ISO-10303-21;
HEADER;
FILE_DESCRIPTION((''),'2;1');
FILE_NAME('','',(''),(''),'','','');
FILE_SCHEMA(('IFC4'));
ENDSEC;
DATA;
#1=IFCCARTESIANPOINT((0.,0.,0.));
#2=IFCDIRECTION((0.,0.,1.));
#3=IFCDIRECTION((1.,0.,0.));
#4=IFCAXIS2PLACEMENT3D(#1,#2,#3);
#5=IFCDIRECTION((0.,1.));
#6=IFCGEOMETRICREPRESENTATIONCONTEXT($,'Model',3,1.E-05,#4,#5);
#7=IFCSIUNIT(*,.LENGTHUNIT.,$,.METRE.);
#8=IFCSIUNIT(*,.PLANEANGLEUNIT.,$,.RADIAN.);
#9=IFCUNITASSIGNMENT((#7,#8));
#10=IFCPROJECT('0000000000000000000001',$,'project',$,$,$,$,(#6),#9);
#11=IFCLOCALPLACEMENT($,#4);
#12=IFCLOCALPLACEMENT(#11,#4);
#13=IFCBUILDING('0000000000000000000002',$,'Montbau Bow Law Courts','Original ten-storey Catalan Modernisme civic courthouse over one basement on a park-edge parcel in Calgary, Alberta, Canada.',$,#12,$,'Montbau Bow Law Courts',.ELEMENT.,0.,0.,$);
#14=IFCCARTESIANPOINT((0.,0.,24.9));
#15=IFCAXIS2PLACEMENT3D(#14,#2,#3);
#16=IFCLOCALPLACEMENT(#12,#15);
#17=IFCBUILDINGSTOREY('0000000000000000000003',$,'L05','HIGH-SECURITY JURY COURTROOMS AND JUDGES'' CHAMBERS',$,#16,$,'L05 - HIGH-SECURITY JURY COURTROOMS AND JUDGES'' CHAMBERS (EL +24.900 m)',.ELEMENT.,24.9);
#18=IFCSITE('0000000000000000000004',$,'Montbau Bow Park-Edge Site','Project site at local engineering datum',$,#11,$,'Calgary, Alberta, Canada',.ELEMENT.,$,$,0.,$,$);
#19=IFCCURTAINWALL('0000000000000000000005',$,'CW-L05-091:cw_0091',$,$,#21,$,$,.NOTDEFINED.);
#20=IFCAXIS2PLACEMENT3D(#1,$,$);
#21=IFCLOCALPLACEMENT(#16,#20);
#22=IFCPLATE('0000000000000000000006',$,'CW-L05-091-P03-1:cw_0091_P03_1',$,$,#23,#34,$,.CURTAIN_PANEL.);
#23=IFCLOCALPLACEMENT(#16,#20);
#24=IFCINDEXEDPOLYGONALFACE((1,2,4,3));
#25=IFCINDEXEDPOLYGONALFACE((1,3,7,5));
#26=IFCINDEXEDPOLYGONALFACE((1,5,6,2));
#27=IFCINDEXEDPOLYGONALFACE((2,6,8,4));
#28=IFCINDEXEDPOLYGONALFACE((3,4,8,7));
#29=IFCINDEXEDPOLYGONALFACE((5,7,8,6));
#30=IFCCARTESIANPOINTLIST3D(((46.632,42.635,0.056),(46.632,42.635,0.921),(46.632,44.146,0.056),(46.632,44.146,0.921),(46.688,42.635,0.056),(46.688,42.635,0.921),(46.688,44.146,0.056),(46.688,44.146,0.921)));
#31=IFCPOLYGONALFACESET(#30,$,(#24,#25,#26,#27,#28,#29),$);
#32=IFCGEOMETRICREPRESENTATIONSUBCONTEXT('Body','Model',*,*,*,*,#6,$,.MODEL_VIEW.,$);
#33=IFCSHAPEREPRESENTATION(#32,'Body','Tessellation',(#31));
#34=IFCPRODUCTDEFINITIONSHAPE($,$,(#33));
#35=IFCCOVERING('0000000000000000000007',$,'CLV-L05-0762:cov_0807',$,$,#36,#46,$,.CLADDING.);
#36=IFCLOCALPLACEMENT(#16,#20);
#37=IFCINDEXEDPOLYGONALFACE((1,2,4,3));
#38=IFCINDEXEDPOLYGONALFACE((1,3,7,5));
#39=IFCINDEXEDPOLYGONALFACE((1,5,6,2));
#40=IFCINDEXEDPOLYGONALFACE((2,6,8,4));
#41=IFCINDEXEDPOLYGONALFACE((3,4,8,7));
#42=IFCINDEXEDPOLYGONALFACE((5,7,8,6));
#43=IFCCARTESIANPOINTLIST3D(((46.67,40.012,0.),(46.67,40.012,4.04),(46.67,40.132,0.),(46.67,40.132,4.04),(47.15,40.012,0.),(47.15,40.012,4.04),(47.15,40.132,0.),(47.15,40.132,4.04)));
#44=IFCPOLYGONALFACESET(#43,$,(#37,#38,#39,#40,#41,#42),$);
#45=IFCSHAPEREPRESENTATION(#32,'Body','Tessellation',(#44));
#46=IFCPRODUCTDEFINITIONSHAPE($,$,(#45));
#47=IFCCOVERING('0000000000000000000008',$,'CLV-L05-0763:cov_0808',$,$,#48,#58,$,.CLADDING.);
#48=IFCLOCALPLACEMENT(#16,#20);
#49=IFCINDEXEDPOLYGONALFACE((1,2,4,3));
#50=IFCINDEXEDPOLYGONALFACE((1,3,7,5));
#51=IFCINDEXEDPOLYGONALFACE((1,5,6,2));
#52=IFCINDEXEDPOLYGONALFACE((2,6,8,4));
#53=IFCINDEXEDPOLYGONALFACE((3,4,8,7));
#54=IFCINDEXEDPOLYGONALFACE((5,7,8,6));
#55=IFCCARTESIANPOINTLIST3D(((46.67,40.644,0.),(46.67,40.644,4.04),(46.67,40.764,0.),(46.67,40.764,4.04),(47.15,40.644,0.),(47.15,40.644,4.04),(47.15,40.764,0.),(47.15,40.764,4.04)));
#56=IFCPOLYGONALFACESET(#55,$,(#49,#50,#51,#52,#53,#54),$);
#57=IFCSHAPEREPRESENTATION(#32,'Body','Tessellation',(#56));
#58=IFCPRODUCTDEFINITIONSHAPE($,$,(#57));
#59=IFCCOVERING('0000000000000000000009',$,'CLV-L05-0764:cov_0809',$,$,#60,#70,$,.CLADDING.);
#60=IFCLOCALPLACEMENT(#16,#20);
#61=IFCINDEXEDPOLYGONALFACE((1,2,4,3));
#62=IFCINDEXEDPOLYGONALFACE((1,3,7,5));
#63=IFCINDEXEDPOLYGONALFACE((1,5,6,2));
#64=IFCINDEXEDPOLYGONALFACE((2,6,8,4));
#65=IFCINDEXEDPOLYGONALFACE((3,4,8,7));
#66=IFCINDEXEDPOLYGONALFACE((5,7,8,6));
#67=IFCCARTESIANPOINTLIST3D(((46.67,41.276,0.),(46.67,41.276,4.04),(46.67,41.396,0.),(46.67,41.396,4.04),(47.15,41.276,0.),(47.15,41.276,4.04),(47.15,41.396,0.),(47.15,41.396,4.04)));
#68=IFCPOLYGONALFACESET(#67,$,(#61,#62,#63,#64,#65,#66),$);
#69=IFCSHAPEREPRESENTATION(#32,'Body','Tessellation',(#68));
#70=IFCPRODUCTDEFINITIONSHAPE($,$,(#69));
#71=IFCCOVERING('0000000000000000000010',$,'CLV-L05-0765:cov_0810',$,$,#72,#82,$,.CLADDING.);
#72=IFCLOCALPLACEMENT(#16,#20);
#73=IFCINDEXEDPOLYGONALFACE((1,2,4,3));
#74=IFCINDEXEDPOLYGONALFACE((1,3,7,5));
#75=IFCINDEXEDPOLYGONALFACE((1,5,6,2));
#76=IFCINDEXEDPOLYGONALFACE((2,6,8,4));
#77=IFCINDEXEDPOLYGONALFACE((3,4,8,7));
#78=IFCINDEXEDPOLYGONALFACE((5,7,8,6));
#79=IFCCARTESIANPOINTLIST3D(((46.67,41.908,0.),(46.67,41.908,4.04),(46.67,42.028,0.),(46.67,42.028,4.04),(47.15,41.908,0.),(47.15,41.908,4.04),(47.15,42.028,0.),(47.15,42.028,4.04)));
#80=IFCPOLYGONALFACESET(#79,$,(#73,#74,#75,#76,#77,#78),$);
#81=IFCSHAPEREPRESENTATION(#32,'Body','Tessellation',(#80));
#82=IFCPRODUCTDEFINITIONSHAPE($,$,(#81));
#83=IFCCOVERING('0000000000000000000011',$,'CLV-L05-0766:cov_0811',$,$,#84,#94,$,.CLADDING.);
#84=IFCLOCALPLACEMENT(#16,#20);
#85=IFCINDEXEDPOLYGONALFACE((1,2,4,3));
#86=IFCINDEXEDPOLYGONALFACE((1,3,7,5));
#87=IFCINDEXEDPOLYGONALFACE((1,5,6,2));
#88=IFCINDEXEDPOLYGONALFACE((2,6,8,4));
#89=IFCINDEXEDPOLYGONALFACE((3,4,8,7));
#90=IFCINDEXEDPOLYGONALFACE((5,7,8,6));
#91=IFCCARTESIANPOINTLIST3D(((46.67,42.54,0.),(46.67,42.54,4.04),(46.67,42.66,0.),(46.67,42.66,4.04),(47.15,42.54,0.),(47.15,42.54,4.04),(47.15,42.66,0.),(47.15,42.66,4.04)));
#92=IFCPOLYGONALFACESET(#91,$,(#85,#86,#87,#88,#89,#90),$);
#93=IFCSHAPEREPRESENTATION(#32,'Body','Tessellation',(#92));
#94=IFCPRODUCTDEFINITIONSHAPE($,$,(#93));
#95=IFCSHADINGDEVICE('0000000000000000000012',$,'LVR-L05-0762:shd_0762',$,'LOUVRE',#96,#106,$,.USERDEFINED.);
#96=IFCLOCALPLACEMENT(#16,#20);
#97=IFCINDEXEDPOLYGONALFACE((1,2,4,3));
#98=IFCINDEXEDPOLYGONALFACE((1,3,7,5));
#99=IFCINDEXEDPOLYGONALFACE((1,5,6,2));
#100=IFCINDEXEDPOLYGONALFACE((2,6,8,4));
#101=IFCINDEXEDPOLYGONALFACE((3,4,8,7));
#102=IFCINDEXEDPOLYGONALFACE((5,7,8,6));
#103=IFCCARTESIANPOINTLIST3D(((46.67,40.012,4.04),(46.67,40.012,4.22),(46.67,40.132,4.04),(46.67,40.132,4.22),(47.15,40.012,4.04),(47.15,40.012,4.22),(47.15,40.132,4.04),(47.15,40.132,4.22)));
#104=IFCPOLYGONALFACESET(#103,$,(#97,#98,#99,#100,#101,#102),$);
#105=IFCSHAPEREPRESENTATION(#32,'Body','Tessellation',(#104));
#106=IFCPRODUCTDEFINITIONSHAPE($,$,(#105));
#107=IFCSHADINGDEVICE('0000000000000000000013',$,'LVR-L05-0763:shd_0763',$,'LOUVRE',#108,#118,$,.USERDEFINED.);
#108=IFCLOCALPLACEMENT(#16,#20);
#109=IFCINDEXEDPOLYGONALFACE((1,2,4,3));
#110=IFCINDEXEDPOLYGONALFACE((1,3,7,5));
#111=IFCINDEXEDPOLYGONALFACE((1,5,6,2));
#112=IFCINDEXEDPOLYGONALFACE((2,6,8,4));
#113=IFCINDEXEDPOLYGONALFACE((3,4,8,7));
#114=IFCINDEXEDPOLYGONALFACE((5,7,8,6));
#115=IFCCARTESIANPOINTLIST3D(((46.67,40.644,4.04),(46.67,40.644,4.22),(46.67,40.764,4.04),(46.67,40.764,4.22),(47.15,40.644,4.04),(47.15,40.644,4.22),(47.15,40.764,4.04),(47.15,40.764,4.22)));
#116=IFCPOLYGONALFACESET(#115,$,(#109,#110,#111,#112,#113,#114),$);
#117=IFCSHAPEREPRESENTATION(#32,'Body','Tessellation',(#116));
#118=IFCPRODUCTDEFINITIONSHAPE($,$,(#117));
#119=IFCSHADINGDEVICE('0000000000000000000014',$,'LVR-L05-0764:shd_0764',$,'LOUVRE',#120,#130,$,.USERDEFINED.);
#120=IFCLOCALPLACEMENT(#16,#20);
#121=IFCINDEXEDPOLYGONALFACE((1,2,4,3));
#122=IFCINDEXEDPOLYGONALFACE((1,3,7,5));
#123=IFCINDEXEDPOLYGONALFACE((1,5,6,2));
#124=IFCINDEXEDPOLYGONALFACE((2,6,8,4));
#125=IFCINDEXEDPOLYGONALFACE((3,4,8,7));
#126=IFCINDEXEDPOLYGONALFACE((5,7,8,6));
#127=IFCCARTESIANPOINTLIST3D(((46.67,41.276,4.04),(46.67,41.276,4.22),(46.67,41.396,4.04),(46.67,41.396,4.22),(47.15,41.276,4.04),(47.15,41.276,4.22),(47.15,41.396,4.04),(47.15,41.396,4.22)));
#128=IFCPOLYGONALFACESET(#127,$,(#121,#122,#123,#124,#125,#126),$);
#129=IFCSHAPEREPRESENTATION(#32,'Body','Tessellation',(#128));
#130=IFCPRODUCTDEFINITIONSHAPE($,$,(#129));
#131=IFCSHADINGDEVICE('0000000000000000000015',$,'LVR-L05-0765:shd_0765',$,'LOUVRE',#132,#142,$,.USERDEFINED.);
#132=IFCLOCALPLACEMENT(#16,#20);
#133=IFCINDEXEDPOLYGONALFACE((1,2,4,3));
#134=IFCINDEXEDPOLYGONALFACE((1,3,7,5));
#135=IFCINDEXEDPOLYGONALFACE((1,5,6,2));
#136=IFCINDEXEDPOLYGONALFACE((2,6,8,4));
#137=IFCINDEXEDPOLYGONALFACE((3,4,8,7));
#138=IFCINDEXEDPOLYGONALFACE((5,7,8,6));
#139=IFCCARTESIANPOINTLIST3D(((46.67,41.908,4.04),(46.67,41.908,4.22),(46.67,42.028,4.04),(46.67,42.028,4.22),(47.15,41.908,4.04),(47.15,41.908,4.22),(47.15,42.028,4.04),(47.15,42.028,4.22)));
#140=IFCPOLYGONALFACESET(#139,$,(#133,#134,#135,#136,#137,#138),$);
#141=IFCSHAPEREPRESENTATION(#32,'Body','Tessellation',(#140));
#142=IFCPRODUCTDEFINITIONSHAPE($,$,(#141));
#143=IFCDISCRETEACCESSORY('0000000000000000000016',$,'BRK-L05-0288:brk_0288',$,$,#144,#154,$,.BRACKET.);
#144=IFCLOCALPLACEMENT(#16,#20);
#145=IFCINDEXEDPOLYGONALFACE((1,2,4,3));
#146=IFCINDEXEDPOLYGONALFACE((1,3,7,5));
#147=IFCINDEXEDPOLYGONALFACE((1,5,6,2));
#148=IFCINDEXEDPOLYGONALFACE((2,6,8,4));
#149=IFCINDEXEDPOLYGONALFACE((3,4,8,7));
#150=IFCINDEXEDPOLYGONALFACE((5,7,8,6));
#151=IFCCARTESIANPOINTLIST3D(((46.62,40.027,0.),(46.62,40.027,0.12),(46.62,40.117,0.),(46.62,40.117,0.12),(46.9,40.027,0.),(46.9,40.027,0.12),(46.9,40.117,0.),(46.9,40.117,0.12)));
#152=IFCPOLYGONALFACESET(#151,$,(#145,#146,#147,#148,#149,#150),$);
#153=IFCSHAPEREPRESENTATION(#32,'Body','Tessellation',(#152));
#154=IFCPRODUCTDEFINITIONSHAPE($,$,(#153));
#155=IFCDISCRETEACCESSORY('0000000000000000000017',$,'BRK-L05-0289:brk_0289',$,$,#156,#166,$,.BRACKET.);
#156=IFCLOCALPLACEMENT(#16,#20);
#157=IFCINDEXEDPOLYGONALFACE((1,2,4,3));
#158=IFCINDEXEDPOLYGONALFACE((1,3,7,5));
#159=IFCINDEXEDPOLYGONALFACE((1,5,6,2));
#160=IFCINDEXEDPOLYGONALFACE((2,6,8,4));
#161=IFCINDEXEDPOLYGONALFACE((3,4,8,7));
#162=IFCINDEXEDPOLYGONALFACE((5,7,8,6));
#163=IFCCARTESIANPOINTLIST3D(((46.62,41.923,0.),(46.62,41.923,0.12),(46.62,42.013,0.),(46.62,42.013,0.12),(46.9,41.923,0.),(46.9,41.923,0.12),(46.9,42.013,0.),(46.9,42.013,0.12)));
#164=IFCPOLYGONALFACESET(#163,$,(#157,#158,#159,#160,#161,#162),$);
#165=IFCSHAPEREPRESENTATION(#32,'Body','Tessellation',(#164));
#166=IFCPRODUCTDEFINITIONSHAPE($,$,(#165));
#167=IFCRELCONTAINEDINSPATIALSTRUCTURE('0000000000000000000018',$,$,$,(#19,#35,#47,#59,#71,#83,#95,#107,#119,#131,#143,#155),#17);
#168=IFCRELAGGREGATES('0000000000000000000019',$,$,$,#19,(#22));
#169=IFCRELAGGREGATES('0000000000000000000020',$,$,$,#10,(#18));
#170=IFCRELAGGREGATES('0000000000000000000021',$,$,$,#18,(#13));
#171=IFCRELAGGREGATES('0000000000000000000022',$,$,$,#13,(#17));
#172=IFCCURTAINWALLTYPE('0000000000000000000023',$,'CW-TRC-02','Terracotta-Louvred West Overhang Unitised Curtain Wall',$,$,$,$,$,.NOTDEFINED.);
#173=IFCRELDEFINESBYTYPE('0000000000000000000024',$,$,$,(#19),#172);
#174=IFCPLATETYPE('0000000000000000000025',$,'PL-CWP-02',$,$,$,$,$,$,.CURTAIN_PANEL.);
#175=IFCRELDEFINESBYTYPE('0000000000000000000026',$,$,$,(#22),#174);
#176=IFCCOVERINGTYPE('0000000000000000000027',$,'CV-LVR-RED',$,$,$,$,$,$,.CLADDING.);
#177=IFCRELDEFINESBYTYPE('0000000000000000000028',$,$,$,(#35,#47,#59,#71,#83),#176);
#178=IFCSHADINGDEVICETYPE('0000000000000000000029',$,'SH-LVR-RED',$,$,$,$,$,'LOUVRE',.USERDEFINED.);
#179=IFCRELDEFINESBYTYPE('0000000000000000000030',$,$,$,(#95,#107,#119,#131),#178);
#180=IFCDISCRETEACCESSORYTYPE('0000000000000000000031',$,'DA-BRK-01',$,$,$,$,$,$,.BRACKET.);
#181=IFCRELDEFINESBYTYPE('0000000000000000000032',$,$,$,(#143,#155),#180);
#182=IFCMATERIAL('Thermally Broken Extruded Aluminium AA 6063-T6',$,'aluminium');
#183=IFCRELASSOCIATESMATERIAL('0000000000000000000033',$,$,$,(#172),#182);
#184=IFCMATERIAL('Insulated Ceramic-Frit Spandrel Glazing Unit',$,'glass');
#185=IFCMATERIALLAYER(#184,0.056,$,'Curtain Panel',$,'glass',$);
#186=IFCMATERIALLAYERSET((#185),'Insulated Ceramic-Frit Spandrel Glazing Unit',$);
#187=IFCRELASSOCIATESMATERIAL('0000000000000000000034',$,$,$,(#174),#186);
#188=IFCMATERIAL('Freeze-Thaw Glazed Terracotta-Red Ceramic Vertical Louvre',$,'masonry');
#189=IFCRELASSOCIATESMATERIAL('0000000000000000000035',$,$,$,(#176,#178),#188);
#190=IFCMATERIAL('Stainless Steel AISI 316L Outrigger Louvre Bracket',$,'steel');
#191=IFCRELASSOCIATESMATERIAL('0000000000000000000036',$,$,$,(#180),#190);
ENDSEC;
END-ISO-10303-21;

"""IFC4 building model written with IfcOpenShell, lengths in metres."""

from ifc_helpers import new_model, si_unit, direction, frame, frame_2d, origin_with_axes, origin_2d_with_axis, place, context, subcontext, project, spatial, rectangle, extrude, material, layer, layer_set, type_object, element, aggregate, save


model = new_model("IFC4")

# Units and contexts
model_context = context("Model", 3, precision=1e-05, world=origin_with_axes(), true_north=direction((0.0, 1.0)))
body_context = subcontext(model_context, "Body", "Model", "MODEL_VIEW")
ifc_project = project(units=[si_unit("LENGTHUNIT", "METRE"), si_unit("PLANEANGLEUNIT", "RADIAN")], contexts=[model_context])

# Site, building, storey
site_placement = place(None, origin_with_axes())
site = spatial("IfcSite", under=ifc_project, at=site_placement, Name="Montbau Bow Park-Edge Site", Description="Project site at local engineering datum", LongName="Calgary, Alberta, Canada", CompositionType="ELEMENT", RefElevation=0.0)
building_placement = place(site_placement, origin_with_axes())
building = spatial("IfcBuilding", under=site, at=building_placement, Name="Montbau Bow Law Courts", Description="Original ten-storey Catalan Modernisme civic courthouse over one basement on a park-edge parcel in Calgary, Alberta, Canada.", LongName="Montbau Bow Law Courts", CompositionType="ELEMENT", ElevationOfRefHeight=0.0, ElevationOfTerrain=0.0)
storey_placement = place(building_placement, frame((0.0, 0.0, 24.9), z_axis=(0.0, 0.0, 1.0), x_axis=(1.0, 0.0, 0.0)))
storey = spatial("IfcBuildingStorey", under=building, at=storey_placement, Name="L05", Description="HIGH-SECURITY JURY COURTROOMS AND JUDGES' CHAMBERS", LongName="L05 - HIGH-SECURITY JURY COURTROOMS AND JUDGES' CHAMBERS (EL +24.900 m)", CompositionType="ELEMENT", Elevation=24.9)

# Curtain wall, plate
ifc_material_1 = material(Name="Thermally Broken Extruded Aluminium AA 6063-T6", Category="aluminium")
curtain_wall_type = type_object("IfcCurtainWallType", Name="CW-TRC-02", Description="Terracotta-Louvred West Overhang Unitised Curtain Wall", PredefinedType="NOTDEFINED", material=ifc_material_1)
curtain_wall_placement = place(None, frame((46.66, 39.44, 24.9), z_axis=(0.0, 0.0, 1.0), x_axis=(1.0, 0.0, 0.0)))
curtain_wall = element("IfcCurtainWall", 1, at=curtain_wall_placement, inside=storey, type_object=curtain_wall_type, Name="CW-L05-091:cw_0091", PredefinedType="NOTDEFINED")
ifc_material_2 = material(Name="Insulated Ceramic-Frit Spandrel Glazing Unit", Category="glass")
ifc_layer_1 = layer(ifc_material_2, 0.056, Name="Curtain Panel", Category="glass")
ifc_layer_set_1 = layer_set([ifc_layer_1], Name="Insulated Ceramic-Frit Spandrel Glazing Unit")
plate_type_1 = type_object("IfcPlateType", Name="PL-CWP-02", PredefinedType="CURTAIN_PANEL", material=ifc_layer_set_1)
plate_1_placement = place(None, frame((46.66, 42.635, 24.956), z_axis=(1.0, 0.0, 0.0), x_axis=(0.0, 1.0, 0.0)))
plate_1 = element("IfcPlate", 2, at=plate_1_placement, type_object=plate_type_1, Name="CW-L05-091-P03-1:cw_0091_P03_1", PredefinedType="CURTAIN_PANEL", context=body_context, shape_type="SweptSolid", body=[
    extrude(rectangle(XDim=1.511, YDim=0.865, at=frame_2d((0.7555, 0.4325), x_axis=(1.0, 0.0))), frame((0.0, 0.0, -0.028), z_axis=(0.0, 0.0, 1.0), x_axis=(1.0, 0.0, 0.0)), (0.0, 0.0, 1.0), 0.056),
])
aggregate(curtain_wall, [plate_1])

# Coverings
ifc_material_3 = material(Name="Freeze-Thaw Glazed Terracotta-Red Ceramic Vertical Louvre", Category="masonry")
covering_type = type_object("IfcCoveringType", Name="CV-LVR-RED", PredefinedType="CLADDING", material=ifc_material_3)
for number, where, z_axis, x_axis, name in (
    (3, (46.67, 40.072, 24.9), (0.0, -1.0, 0.0), (1.0, 0.0, 0.0), "CLV-L05-0762:cov_0807"),
    (4, (46.67, 40.704, 24.9), (0.0, -1.0, 0.0), (1.0, 0.0, 0.0), "CLV-L05-0763:cov_0808"),
    (5, (46.67, 41.336, 24.9), (0.0, -1.0, 0.0), (1.0, 0.0, 0.0), "CLV-L05-0764:cov_0809"),
    (6, (46.67, 41.968, 24.9), (0.0, -1.0, 0.0), (1.0, 0.0, 0.0), "CLV-L05-0765:cov_0810"),
    (7, (46.67, 42.6, 24.9), (0.0, -1.0, 0.0), (1.0, 0.0, 0.0), "CLV-L05-0766:cov_0811"),
):
    element("IfcCovering", number, at=place(None, frame(where, z_axis=z_axis, x_axis=x_axis)), inside=storey, type_object=covering_type, Name=name, PredefinedType="CLADDING", context=body_context, shape_type="SweptSolid", body=[
        extrude(rectangle(XDim=0.48, YDim=4.04, at=frame_2d((0.24, 2.02), x_axis=(1.0, 0.0))), frame((0.0, 0.0, -0.06), z_axis=(0.0, 0.0, 1.0), x_axis=(1.0, 0.0, 0.0)), (0.0, 0.0, 1.0), 0.12),
    ])

# Shading devices
shading_device_type = type_object("IfcShadingDeviceType", Name="SH-LVR-RED", ElementType="LOUVRE", PredefinedType="USERDEFINED", material=ifc_material_3)
for number, where, z_axis, x_axis, name in (
    (8, (46.91, 40.072, 28.94), (0.0, 0.0, 1.0), (1.0, 0.0, 0.0), "LVR-L05-0762:shd_0762"),
    (9, (46.91, 40.704, 28.94), (0.0, 0.0, 1.0), (1.0, 0.0, 0.0), "LVR-L05-0763:shd_0763"),
    (10, (46.91, 41.336, 28.94), (0.0, 0.0, 1.0), (1.0, 0.0, 0.0), "LVR-L05-0764:shd_0764"),
    (11, (46.91, 41.968, 28.94), (0.0, 0.0, 1.0), (1.0, 0.0, 0.0), "LVR-L05-0765:shd_0765"),
):
    element("IfcShadingDevice", number, at=place(None, frame(where, z_axis=z_axis, x_axis=x_axis)), inside=storey, type_object=shading_device_type, Name=name, ObjectType="LOUVRE", PredefinedType="USERDEFINED", context=body_context, shape_type="SweptSolid", body=[
        extrude(rectangle(XDim=0.48, YDim=0.12, at=origin_2d_with_axis()), origin_with_axes(), (0.0, 0.0, 1.0), 0.18),
    ])

# Discrete accessories
ifc_material_4 = material(Name="Stainless Steel AISI 316L Outrigger Louvre Bracket", Category="steel")
discrete_accessory_type = type_object("IfcDiscreteAccessoryType", Name="DA-BRK-01", PredefinedType="BRACKET", material=ifc_material_4)
for number, where, z_axis, x_axis, name in (
    (12, (46.76, 40.072, 24.9), (0.0, 0.0, 1.0), (1.0, 0.0, 0.0), "BRK-L05-0288:brk_0288"),
    (13, (46.76, 41.968, 24.9), (0.0, 0.0, 1.0), (1.0, 0.0, 0.0), "BRK-L05-0289:brk_0289"),
):
    element("IfcDiscreteAccessory", number, at=place(None, frame(where, z_axis=z_axis, x_axis=x_axis)), inside=storey, type_object=discrete_accessory_type, Name=name, PredefinedType="BRACKET", context=body_context, shape_type="SweptSolid", body=[
        extrude(rectangle(XDim=0.28, YDim=0.09, at=origin_2d_with_axis()), origin_with_axes(), (0.0, 0.0, 1.0), 0.12),
    ])

save(model, "model.ifc")
